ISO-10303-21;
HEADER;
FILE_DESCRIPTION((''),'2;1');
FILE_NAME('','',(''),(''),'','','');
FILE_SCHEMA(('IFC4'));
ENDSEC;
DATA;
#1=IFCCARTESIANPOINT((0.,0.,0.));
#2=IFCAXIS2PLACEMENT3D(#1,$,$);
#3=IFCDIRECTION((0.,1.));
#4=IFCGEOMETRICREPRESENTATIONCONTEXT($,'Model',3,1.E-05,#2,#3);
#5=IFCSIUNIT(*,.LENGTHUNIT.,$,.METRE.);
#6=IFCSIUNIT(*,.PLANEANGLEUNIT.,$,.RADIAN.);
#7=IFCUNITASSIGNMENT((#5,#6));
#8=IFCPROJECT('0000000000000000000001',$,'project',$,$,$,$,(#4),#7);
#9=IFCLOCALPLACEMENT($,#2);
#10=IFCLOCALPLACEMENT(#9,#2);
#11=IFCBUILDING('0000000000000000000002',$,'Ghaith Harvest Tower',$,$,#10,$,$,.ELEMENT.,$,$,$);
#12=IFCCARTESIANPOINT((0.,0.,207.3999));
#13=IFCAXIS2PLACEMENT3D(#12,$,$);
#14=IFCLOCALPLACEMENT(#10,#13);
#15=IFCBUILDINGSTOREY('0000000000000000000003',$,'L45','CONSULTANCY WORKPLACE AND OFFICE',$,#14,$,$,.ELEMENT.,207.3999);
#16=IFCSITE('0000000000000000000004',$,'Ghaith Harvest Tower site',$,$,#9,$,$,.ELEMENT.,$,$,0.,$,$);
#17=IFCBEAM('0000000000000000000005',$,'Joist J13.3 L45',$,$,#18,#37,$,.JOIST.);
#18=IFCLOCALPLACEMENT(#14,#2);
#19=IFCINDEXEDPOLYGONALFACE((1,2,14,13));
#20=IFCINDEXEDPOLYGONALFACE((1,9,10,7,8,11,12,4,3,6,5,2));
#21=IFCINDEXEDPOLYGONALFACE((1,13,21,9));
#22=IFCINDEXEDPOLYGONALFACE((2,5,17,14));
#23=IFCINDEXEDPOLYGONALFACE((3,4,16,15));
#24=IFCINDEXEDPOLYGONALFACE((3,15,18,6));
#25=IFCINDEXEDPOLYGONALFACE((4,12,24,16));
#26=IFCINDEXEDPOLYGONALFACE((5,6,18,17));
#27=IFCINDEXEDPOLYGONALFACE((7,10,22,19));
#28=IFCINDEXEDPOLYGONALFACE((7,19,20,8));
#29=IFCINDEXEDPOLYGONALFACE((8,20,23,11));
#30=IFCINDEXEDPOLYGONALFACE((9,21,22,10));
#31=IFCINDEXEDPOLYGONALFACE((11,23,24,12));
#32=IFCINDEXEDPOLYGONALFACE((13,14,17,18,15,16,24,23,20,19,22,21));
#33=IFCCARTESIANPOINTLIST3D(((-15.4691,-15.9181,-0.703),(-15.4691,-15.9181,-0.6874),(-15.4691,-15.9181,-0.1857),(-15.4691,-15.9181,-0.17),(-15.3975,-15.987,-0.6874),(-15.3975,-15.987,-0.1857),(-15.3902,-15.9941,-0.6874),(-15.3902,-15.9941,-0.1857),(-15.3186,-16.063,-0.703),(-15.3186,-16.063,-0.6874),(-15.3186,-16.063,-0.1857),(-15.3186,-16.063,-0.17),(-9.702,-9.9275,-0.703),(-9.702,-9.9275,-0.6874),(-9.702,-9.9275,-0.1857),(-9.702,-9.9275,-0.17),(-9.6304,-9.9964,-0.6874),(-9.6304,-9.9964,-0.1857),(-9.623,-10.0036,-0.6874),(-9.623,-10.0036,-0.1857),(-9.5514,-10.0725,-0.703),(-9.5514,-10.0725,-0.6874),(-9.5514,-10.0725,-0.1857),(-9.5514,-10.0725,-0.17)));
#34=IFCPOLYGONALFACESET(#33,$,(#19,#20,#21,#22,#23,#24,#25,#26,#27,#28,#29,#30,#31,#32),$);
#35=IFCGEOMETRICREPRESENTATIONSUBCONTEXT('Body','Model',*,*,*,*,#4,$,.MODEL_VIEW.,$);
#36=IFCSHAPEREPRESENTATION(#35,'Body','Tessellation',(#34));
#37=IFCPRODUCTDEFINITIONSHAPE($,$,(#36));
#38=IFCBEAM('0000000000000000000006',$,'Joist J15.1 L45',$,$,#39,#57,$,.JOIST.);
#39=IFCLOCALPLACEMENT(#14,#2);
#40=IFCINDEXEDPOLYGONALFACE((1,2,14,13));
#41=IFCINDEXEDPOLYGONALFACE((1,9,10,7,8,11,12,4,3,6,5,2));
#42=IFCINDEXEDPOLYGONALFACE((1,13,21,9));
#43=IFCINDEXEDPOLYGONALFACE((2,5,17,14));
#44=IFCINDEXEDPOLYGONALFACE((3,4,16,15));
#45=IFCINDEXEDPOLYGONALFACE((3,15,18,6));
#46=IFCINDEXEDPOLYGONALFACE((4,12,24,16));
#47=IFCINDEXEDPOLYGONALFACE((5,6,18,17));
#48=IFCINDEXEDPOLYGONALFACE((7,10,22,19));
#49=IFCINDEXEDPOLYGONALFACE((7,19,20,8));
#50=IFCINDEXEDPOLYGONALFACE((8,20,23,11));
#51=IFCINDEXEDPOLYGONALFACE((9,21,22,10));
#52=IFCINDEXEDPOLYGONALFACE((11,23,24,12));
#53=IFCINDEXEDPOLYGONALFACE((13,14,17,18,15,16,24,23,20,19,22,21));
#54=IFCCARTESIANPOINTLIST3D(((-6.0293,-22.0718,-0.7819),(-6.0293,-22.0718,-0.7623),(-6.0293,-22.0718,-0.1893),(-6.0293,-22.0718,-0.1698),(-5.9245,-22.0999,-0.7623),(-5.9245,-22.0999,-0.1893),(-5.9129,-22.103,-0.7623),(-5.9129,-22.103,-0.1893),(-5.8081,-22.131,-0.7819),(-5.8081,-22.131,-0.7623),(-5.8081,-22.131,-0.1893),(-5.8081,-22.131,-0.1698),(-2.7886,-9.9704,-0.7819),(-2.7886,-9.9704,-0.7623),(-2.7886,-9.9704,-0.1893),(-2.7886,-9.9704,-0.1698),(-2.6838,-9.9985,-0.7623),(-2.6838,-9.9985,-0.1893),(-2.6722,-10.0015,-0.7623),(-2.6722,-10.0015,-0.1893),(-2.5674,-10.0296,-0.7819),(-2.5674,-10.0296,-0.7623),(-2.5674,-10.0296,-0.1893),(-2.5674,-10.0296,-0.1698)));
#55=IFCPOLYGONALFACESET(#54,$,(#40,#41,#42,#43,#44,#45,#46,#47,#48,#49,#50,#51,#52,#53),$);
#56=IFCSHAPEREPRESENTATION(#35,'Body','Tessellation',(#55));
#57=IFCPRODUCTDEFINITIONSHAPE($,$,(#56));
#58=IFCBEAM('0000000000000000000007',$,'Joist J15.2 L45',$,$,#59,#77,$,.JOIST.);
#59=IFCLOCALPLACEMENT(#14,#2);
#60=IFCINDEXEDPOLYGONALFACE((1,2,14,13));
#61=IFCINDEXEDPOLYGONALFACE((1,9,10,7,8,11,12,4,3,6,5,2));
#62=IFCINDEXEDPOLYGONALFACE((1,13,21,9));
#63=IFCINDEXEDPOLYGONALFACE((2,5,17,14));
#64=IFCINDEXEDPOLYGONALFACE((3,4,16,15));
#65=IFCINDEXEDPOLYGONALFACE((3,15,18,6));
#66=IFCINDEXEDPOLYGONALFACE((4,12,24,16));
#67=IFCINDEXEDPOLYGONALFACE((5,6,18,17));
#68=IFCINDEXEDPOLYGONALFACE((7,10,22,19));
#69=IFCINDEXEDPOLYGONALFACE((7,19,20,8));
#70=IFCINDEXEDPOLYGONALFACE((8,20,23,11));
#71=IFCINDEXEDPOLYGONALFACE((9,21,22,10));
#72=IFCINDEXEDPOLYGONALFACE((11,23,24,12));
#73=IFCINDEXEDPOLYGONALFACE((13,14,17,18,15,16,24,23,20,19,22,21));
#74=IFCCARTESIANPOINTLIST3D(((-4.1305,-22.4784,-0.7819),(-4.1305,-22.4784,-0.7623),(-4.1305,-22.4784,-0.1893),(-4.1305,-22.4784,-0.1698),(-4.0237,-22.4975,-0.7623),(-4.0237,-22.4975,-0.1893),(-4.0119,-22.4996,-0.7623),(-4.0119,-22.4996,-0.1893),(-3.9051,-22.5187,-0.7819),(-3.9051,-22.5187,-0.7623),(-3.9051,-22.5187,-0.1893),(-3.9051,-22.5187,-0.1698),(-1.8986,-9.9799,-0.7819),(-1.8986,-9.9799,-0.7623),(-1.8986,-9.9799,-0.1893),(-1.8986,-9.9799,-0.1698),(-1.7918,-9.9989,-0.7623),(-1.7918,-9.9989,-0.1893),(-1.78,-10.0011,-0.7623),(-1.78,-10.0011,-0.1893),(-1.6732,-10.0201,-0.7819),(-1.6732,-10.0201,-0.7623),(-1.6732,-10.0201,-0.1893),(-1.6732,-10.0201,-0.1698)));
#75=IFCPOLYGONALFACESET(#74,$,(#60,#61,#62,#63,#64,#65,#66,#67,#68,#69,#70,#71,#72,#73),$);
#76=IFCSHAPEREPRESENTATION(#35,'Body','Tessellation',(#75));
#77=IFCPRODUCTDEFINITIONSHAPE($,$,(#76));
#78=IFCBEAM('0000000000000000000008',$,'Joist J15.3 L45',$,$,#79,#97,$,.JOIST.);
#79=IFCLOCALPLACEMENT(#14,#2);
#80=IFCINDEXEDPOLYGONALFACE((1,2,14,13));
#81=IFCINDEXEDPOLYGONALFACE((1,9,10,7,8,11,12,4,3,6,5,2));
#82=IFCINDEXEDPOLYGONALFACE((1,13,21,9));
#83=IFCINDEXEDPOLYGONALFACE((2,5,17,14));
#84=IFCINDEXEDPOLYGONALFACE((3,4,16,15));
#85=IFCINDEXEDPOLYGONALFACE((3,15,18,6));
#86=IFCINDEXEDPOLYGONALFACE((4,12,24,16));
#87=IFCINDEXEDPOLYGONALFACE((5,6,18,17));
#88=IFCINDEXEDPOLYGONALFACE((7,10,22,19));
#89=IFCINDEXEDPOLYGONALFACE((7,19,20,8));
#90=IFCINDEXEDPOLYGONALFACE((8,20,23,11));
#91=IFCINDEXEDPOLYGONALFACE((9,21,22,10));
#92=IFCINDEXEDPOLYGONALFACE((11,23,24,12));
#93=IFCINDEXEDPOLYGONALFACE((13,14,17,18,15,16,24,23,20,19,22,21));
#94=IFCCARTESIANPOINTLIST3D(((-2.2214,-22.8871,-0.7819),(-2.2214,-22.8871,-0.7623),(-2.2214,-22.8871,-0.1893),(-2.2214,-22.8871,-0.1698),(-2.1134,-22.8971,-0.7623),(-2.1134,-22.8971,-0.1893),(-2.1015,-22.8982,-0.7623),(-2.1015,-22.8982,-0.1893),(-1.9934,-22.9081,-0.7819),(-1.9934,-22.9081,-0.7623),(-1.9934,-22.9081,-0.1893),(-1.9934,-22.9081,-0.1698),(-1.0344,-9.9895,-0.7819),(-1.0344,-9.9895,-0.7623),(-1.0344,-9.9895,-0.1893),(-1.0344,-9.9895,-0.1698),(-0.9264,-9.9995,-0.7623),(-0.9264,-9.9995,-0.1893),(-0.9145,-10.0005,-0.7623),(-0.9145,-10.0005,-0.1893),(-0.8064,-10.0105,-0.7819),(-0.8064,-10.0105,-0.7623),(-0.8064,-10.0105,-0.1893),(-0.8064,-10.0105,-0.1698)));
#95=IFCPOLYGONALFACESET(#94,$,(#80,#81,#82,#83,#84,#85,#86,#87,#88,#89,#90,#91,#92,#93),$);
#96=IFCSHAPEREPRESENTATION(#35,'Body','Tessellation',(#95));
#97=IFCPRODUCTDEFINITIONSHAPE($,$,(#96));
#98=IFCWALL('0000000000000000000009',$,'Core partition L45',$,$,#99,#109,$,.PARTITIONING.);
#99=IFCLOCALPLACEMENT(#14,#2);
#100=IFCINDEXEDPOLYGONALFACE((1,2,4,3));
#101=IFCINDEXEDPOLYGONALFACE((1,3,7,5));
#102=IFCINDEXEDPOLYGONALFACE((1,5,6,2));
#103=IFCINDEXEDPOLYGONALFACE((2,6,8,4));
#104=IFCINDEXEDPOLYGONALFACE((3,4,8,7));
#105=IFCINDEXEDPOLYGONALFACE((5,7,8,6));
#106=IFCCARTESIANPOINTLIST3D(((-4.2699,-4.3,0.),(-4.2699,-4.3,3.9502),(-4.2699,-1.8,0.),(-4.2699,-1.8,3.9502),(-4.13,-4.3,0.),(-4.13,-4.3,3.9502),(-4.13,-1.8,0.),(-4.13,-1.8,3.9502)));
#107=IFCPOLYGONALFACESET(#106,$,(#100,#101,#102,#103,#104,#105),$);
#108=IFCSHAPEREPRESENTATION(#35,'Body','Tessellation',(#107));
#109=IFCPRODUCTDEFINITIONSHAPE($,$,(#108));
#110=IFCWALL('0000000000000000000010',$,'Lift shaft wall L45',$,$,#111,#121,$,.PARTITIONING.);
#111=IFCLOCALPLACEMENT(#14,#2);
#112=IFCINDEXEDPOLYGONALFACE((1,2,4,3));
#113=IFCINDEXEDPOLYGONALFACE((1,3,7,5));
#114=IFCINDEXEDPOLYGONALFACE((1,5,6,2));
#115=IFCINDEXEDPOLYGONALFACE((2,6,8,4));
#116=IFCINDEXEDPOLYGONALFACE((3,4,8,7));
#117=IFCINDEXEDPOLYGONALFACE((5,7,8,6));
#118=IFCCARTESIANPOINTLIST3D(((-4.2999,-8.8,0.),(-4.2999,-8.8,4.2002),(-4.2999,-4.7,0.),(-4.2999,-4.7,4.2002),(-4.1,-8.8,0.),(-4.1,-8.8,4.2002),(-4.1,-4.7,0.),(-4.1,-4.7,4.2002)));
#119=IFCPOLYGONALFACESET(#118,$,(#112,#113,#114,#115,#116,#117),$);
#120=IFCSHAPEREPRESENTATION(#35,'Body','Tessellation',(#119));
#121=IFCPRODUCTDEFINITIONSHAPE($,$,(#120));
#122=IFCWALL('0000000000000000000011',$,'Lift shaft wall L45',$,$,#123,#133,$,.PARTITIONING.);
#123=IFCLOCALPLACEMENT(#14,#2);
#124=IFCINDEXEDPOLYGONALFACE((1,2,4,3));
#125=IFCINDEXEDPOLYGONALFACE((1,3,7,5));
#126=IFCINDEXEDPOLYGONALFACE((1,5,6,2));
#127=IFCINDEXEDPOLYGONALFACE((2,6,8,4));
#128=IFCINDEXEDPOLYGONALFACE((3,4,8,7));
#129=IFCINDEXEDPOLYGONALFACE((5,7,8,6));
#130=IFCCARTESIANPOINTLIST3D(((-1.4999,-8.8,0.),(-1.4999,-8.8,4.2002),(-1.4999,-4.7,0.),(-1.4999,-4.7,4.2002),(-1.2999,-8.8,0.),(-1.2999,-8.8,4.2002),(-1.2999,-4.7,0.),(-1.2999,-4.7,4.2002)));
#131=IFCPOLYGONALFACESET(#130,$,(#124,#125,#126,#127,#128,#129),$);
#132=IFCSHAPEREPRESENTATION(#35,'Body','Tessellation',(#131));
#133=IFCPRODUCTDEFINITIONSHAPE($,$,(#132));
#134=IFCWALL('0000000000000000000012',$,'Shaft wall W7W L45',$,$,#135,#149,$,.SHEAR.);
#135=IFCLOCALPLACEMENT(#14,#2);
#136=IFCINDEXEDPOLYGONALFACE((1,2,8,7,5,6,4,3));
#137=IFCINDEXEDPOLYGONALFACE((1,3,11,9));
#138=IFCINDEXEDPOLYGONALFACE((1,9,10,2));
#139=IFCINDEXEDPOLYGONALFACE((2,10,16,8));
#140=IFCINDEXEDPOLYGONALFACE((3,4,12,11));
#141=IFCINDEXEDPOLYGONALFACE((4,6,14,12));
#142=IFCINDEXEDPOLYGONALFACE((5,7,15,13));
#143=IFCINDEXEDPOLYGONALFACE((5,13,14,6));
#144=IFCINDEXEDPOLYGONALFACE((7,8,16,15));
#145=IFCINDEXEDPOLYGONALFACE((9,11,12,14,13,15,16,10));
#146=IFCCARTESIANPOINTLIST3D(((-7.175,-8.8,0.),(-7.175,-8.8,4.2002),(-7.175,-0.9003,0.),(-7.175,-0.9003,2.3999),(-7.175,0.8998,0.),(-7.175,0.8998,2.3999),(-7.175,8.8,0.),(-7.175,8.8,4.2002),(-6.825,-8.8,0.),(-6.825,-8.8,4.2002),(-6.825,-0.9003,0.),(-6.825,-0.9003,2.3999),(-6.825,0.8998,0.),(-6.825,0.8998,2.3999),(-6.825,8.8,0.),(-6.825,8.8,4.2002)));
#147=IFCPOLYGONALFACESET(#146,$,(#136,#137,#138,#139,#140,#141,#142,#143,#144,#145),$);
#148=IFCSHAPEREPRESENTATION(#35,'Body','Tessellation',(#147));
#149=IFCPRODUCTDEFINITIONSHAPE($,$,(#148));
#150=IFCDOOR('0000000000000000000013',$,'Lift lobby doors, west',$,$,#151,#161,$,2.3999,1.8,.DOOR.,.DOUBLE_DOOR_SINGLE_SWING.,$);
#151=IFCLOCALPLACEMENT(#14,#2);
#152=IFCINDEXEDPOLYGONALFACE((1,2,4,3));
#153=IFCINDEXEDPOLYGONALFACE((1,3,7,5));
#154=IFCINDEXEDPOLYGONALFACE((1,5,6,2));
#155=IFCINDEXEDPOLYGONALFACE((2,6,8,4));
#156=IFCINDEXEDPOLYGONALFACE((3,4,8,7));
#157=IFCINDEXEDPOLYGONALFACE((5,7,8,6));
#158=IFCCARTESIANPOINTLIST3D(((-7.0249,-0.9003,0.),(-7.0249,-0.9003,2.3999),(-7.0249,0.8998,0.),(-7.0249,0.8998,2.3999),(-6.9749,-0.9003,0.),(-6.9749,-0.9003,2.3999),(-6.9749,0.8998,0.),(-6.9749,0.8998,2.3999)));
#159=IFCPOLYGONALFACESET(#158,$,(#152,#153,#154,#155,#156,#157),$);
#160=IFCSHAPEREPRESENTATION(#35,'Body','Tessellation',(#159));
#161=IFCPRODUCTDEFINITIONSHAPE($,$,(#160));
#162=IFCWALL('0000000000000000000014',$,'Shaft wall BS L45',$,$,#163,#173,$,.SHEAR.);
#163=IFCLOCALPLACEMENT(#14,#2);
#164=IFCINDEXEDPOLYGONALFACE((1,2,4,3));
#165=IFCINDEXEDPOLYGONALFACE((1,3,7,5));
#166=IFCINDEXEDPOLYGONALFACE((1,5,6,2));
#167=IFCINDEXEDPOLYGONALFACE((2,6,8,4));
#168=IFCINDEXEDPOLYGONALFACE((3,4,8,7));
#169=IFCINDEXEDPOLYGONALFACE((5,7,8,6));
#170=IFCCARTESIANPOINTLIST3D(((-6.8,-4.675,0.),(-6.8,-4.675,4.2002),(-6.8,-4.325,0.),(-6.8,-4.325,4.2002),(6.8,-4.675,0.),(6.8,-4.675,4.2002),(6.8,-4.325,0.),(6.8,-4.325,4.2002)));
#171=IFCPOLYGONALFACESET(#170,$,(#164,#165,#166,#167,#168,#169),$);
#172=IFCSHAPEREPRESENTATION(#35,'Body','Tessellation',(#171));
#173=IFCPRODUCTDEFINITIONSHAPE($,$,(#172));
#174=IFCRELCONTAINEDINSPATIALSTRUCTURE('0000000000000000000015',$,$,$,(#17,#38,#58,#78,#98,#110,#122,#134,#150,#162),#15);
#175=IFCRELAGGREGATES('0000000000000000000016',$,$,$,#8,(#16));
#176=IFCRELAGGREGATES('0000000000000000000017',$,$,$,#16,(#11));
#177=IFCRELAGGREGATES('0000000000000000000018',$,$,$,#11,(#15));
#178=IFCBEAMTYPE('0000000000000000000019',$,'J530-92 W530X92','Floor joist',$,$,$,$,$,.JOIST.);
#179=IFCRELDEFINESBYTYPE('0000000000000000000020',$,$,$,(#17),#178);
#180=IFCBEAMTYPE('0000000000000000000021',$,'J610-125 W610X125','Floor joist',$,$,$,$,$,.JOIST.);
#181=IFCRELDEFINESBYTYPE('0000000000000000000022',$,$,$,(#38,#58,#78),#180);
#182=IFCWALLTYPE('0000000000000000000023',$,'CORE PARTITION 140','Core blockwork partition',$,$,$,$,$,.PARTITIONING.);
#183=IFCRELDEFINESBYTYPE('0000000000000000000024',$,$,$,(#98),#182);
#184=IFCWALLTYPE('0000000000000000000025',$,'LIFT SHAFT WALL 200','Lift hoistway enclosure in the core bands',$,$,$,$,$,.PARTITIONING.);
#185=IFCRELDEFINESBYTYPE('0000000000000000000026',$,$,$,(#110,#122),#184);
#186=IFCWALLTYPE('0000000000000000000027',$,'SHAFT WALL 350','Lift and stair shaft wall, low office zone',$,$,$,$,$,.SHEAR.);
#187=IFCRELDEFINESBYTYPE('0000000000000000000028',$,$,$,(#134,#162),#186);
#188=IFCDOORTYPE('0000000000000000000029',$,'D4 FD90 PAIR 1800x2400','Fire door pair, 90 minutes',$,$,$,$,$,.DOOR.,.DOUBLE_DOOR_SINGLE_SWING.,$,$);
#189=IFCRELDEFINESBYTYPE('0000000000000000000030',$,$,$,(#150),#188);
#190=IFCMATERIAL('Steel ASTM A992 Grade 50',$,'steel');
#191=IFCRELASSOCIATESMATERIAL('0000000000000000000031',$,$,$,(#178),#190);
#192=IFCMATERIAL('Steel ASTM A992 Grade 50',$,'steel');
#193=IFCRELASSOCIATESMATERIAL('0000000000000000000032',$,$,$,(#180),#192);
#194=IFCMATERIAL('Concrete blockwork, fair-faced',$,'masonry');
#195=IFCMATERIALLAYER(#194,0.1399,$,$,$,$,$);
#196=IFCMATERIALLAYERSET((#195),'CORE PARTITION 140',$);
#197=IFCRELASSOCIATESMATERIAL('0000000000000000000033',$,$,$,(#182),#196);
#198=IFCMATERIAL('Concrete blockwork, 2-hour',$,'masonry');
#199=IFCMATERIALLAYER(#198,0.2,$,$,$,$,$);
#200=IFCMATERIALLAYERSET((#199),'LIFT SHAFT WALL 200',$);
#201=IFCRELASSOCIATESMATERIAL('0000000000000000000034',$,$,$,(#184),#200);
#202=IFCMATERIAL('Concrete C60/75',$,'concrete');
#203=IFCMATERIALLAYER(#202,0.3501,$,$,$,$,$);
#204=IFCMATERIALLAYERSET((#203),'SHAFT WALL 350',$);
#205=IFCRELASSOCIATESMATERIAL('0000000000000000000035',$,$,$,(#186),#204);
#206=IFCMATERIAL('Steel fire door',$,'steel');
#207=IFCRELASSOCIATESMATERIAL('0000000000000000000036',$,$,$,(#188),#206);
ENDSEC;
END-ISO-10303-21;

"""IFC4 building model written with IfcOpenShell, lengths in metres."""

from ifc_helpers import new_model, si_unit, direction, frame, frame_2d, origin, origin_2d, place, context, subcontext, project, spatial, rectangle, i_section, extrude, material, layer, layer_set, material_profile, profile_set, type_object, element, fill, save


model = new_model("IFC4")

# Units and contexts
model_context = context("Model", 3, precision=1e-05, world=origin(), true_north=direction((0.0, 1.0)))
body_context = subcontext(model_context, "Body", "Model", "MODEL_VIEW")
ifc_project = project(units=[si_unit("LENGTHUNIT", "METRE"), si_unit("PLANEANGLEUNIT", "RADIAN")], contexts=[model_context])

# Site, building, storey
site_placement = place(None, origin())
site = spatial("IfcSite", under=ifc_project, at=site_placement, Name="Ghaith Harvest Tower site", CompositionType="ELEMENT", RefElevation=0.0)
building_placement = place(site_placement, origin())
building = spatial("IfcBuilding", under=site, at=building_placement, Name="Ghaith Harvest Tower", CompositionType="ELEMENT")
storey_placement = place(building_placement, frame((0.0, 0.0, 207.3999)))
storey = spatial("IfcBuildingStorey", under=building, at=storey_placement, Name="L45", Description="CONSULTANCY WORKPLACE AND OFFICE", CompositionType="ELEMENT", Elevation=207.3999)

# Beams
ifc_material_1 = material(Name="Steel ASTM A992 Grade 50", Category="steel")
ifc_material_profile_1 = material_profile(ifc_material_1, i_section(OverallWidth=0.209, OverallDepth=0.533, WebThickness=0.0103, FlangeThickness=0.0156, at=origin_2d()), Name="W530X92")
ifc_profile_set_1 = profile_set([ifc_material_profile_1], Name="Steel ASTM A992 Grade 50")
beam_type_1 = type_object("IfcBeamType", Name="J530-92 W530X92", Description="Floor joist", PredefinedType="JOIST", material=ifc_profile_set_1)
beam_1_placement = place(storey_placement, frame((-9.6267, -10.0, -0.4365), z_axis=(-0.693547, -0.720411, 0.0), x_axis=(0.720411, -0.693547, 0.0)))
element("IfcBeam", 1, at=beam_1_placement, inside=storey, type_object=beam_type_1, Name="Joist J13.3 L45", PredefinedType="JOIST", context=body_context, shape_type="SweptSolid", body=[
    extrude(i_section(OverallWidth=0.209, OverallDepth=0.533, WebThickness=0.0103, FlangeThickness=0.0156, at=origin_2d()), origin(), (0.0, 0.0, 1.0), 8.3154),
])
ifc_material_2 = material(Name="Steel ASTM A992 Grade 50", Category="steel")
ifc_material_profile_2 = material_profile(ifc_material_2, i_section(OverallWidth=0.229, OverallDepth=0.6121, WebThickness=0.012, FlangeThickness=0.0195, at=origin_2d()), Name="W610X125")
ifc_profile_set_2 = profile_set([ifc_material_profile_2], Name="Steel ASTM A992 Grade 50")
beam_type_2 = type_object("IfcBeamType", Name="J610-125 W610X125", Description="Floor joist", PredefinedType="JOIST", material=ifc_profile_set_2)
beam_2_placement = place(storey_placement, frame((-2.678, -10.0, -0.4758), z_axis=(-0.258684, -0.965962, 0.0), x_axis=(0.965962, -0.258684, 0.0)))
element("IfcBeam", 2, at=beam_2_placement, inside=storey, type_object=beam_type_2, Name="Joist J15.1 L45", PredefinedType="JOIST", context=body_context, shape_type="SweptSolid", body=[
    extrude(i_section(OverallWidth=0.229, OverallDepth=0.6121, WebThickness=0.012, FlangeThickness=0.0195, at=origin_2d()), origin(), (0.0, 0.0, 1.0), 12.5278),
])
beam_3_placement = place(storey_placement, frame((-1.7859, -10.0, -0.4758), z_axis=(-0.175795, -0.984427, 0.0), x_axis=(0.984427, -0.175795, 0.0)))
element("IfcBeam", 3, at=beam_3_placement, inside=storey, type_object=beam_type_2, Name="Joist J15.2 L45", PredefinedType="JOIST", context=body_context, shape_type="SweptSolid", body=[
    extrude(i_section(OverallWidth=0.229, OverallDepth=0.6121, WebThickness=0.012, FlangeThickness=0.0195, at=origin_2d()), origin(), (0.0, 0.0, 1.0), 12.6963),
])
beam_4_placement = place(storey_placement, frame((-0.9204, -10.0, -0.4758), z_axis=(-0.091645, -0.995792, 0.0), x_axis=(0.995792, -0.091645, 0.0)))
element("IfcBeam", 4, at=beam_4_placement, inside=storey, type_object=beam_type_2, Name="Joist J15.3 L45", PredefinedType="JOIST", context=body_context, shape_type="SweptSolid", body=[
    extrude(i_section(OverallWidth=0.229, OverallDepth=0.6121, WebThickness=0.012, FlangeThickness=0.0195, at=origin_2d()), origin(), (0.0, 0.0, 1.0), 12.9521),
])

# Walls
ifc_material_3 = material(Name="Concrete blockwork, fair-faced", Category="masonry")
ifc_layer_1 = layer(ifc_material_3, 0.1399)
ifc_layer_set_1 = layer_set([ifc_layer_1], Name="CORE PARTITION 140")
wall_type_1 = type_object("IfcWallType", Name="CORE PARTITION 140", Description="Core blockwork partition", PredefinedType="PARTITIONING", material=ifc_layer_set_1)
wall_1_placement = place(storey_placement, frame((-4.2, -1.8, 0.0), z_axis=(0.0, 0.0, 1.0), x_axis=(0.0, -1.0, 0.0)))
element("IfcWall", 5, at=wall_1_placement, inside=storey, type_object=wall_type_1, Name="Core partition L45", PredefinedType="PARTITIONING", context=body_context, shape_type="SweptSolid", body=[
    extrude(rectangle(XDim=2.5, YDim=0.1399, at=frame_2d((1.25, 0.0))), origin(), (0.0, 0.0, 1.0), 3.9502),
])
ifc_material_4 = material(Name="Concrete blockwork, 2-hour", Category="masonry")
ifc_layer_2 = layer(ifc_material_4, 0.2)
ifc_layer_set_2 = layer_set([ifc_layer_2], Name="LIFT SHAFT WALL 200")
wall_type_2 = type_object("IfcWallType", Name="LIFT SHAFT WALL 200", Description="Lift hoistway enclosure in the core bands", PredefinedType="PARTITIONING", material=ifc_layer_set_2)
for number, where, z_axis, x_axis, name in (
    (6, (-4.2, -4.7, 0.0), (0.0, 0.0, 1.0), (0.0, -1.0, 0.0), "Lift shaft wall L45"),
    (7, (-1.3999, -4.7, 0.0), (0.0, 0.0, 1.0), (0.0, -1.0, 0.0), "Lift shaft wall L45"),
):
    element("IfcWall", number, at=place(storey_placement, frame(where, z_axis=z_axis, x_axis=x_axis)), inside=storey, type_object=wall_type_2, Name=name, PredefinedType="PARTITIONING", context=body_context, shape_type="SweptSolid", body=[
        extrude(rectangle(XDim=4.1001, YDim=0.2, at=frame_2d((2.05, 0.0))), origin(), (0.0, 0.0, 1.0), 4.2002),
    ])

# Wall, opening, door
ifc_material_5 = material(Name="Concrete C60/75", Category="concrete")
ifc_layer_3 = layer(ifc_material_5, 0.3501)
ifc_layer_set_3 = layer_set([ifc_layer_3], Name="SHAFT WALL 350")
wall_type_3 = type_object("IfcWallType", Name="SHAFT WALL 350", Description="Lift and stair shaft wall, low office zone", PredefinedType="SHEAR", material=ifc_layer_set_3)
wall_2_placement = place(storey_placement, frame((-7.0, -8.8, 0.0), z_axis=(0.0, 0.0, 1.0), x_axis=(0.0, 1.0, 0.0)))
wall_2 = element("IfcWall", 8, at=wall_2_placement, inside=storey, type_object=wall_type_3, Name="Shaft wall W7W L45", PredefinedType="SHEAR", context=body_context, shape_type="SweptSolid", body=[
    extrude(rectangle(XDim=17.6001, YDim=0.3501, at=frame_2d((8.8, 0.0))), origin(), (0.0, 0.0, 1.0), 4.2002),
])
opening_1_placement = place(wall_2_placement, frame((7.8999, 0.0, 0.0)))
opening_1 = element("IfcOpeningElement", 9, at=opening_1_placement, cuts=wall_2, PredefinedType="OPENING", context=body_context, shape_type="SweptSolid", body=[
    extrude(rectangle(XDim=1.8, YDim=2.3999, at=frame_2d((0.8999, 1.2))), frame((0.0, 0.1851, 0.0), z_axis=(0.0, -1.0, 0.0), x_axis=(1.0, 0.0, 0.0)), (0.0, 0.0, 1.0), 0.3701),
])
ifc_material_6 = material(Name="Steel fire door", Category="steel")
door_type_1 = type_object("IfcDoorType", Name="D4 FD90 PAIR 1800x2400", Description="Fire door pair, 90 minutes", OperationType="DOUBLE_DOOR_SINGLE_SWING", PredefinedType="DOOR", material=ifc_material_6)
door_1_placement = place(opening_1_placement, origin())
door_1 = element("IfcDoor", 10, at=door_1_placement, inside=storey, type_object=door_type_1, Name="Lift lobby doors, west", OperationType="DOUBLE_DOOR_SINGLE_SWING", OverallHeight=2.3999, OverallWidth=1.8, PredefinedType="DOOR", context=body_context, shape_type="SweptSolid", body=[
    extrude(rectangle(XDim=1.8, YDim=2.3999, at=frame_2d((0.8999, 1.2))), frame((0.0, 0.0249, 0.0), z_axis=(0.0, -1.0, 0.0), x_axis=(1.0, 0.0, 0.0)), (0.0, 0.0, 1.0), 0.05),
])
fill(opening_1, door_1)

# Wall
wall_3_placement = place(storey_placement, frame((-6.8, -4.5, 0.0), z_axis=(0.0, 0.0, 1.0), x_axis=(1.0, 0.0, 0.0)))
element("IfcWall", 11, at=wall_3_placement, inside=storey, type_object=wall_type_3, Name="Shaft wall BS L45", PredefinedType="SHEAR", context=body_context, shape_type="SweptSolid", body=[
    extrude(rectangle(XDim=13.6001, YDim=0.3501, at=frame_2d((6.8, 0.0))), origin(), (0.0, 0.0, 1.0), 4.2002),
])

save(model, "model.ifc")
